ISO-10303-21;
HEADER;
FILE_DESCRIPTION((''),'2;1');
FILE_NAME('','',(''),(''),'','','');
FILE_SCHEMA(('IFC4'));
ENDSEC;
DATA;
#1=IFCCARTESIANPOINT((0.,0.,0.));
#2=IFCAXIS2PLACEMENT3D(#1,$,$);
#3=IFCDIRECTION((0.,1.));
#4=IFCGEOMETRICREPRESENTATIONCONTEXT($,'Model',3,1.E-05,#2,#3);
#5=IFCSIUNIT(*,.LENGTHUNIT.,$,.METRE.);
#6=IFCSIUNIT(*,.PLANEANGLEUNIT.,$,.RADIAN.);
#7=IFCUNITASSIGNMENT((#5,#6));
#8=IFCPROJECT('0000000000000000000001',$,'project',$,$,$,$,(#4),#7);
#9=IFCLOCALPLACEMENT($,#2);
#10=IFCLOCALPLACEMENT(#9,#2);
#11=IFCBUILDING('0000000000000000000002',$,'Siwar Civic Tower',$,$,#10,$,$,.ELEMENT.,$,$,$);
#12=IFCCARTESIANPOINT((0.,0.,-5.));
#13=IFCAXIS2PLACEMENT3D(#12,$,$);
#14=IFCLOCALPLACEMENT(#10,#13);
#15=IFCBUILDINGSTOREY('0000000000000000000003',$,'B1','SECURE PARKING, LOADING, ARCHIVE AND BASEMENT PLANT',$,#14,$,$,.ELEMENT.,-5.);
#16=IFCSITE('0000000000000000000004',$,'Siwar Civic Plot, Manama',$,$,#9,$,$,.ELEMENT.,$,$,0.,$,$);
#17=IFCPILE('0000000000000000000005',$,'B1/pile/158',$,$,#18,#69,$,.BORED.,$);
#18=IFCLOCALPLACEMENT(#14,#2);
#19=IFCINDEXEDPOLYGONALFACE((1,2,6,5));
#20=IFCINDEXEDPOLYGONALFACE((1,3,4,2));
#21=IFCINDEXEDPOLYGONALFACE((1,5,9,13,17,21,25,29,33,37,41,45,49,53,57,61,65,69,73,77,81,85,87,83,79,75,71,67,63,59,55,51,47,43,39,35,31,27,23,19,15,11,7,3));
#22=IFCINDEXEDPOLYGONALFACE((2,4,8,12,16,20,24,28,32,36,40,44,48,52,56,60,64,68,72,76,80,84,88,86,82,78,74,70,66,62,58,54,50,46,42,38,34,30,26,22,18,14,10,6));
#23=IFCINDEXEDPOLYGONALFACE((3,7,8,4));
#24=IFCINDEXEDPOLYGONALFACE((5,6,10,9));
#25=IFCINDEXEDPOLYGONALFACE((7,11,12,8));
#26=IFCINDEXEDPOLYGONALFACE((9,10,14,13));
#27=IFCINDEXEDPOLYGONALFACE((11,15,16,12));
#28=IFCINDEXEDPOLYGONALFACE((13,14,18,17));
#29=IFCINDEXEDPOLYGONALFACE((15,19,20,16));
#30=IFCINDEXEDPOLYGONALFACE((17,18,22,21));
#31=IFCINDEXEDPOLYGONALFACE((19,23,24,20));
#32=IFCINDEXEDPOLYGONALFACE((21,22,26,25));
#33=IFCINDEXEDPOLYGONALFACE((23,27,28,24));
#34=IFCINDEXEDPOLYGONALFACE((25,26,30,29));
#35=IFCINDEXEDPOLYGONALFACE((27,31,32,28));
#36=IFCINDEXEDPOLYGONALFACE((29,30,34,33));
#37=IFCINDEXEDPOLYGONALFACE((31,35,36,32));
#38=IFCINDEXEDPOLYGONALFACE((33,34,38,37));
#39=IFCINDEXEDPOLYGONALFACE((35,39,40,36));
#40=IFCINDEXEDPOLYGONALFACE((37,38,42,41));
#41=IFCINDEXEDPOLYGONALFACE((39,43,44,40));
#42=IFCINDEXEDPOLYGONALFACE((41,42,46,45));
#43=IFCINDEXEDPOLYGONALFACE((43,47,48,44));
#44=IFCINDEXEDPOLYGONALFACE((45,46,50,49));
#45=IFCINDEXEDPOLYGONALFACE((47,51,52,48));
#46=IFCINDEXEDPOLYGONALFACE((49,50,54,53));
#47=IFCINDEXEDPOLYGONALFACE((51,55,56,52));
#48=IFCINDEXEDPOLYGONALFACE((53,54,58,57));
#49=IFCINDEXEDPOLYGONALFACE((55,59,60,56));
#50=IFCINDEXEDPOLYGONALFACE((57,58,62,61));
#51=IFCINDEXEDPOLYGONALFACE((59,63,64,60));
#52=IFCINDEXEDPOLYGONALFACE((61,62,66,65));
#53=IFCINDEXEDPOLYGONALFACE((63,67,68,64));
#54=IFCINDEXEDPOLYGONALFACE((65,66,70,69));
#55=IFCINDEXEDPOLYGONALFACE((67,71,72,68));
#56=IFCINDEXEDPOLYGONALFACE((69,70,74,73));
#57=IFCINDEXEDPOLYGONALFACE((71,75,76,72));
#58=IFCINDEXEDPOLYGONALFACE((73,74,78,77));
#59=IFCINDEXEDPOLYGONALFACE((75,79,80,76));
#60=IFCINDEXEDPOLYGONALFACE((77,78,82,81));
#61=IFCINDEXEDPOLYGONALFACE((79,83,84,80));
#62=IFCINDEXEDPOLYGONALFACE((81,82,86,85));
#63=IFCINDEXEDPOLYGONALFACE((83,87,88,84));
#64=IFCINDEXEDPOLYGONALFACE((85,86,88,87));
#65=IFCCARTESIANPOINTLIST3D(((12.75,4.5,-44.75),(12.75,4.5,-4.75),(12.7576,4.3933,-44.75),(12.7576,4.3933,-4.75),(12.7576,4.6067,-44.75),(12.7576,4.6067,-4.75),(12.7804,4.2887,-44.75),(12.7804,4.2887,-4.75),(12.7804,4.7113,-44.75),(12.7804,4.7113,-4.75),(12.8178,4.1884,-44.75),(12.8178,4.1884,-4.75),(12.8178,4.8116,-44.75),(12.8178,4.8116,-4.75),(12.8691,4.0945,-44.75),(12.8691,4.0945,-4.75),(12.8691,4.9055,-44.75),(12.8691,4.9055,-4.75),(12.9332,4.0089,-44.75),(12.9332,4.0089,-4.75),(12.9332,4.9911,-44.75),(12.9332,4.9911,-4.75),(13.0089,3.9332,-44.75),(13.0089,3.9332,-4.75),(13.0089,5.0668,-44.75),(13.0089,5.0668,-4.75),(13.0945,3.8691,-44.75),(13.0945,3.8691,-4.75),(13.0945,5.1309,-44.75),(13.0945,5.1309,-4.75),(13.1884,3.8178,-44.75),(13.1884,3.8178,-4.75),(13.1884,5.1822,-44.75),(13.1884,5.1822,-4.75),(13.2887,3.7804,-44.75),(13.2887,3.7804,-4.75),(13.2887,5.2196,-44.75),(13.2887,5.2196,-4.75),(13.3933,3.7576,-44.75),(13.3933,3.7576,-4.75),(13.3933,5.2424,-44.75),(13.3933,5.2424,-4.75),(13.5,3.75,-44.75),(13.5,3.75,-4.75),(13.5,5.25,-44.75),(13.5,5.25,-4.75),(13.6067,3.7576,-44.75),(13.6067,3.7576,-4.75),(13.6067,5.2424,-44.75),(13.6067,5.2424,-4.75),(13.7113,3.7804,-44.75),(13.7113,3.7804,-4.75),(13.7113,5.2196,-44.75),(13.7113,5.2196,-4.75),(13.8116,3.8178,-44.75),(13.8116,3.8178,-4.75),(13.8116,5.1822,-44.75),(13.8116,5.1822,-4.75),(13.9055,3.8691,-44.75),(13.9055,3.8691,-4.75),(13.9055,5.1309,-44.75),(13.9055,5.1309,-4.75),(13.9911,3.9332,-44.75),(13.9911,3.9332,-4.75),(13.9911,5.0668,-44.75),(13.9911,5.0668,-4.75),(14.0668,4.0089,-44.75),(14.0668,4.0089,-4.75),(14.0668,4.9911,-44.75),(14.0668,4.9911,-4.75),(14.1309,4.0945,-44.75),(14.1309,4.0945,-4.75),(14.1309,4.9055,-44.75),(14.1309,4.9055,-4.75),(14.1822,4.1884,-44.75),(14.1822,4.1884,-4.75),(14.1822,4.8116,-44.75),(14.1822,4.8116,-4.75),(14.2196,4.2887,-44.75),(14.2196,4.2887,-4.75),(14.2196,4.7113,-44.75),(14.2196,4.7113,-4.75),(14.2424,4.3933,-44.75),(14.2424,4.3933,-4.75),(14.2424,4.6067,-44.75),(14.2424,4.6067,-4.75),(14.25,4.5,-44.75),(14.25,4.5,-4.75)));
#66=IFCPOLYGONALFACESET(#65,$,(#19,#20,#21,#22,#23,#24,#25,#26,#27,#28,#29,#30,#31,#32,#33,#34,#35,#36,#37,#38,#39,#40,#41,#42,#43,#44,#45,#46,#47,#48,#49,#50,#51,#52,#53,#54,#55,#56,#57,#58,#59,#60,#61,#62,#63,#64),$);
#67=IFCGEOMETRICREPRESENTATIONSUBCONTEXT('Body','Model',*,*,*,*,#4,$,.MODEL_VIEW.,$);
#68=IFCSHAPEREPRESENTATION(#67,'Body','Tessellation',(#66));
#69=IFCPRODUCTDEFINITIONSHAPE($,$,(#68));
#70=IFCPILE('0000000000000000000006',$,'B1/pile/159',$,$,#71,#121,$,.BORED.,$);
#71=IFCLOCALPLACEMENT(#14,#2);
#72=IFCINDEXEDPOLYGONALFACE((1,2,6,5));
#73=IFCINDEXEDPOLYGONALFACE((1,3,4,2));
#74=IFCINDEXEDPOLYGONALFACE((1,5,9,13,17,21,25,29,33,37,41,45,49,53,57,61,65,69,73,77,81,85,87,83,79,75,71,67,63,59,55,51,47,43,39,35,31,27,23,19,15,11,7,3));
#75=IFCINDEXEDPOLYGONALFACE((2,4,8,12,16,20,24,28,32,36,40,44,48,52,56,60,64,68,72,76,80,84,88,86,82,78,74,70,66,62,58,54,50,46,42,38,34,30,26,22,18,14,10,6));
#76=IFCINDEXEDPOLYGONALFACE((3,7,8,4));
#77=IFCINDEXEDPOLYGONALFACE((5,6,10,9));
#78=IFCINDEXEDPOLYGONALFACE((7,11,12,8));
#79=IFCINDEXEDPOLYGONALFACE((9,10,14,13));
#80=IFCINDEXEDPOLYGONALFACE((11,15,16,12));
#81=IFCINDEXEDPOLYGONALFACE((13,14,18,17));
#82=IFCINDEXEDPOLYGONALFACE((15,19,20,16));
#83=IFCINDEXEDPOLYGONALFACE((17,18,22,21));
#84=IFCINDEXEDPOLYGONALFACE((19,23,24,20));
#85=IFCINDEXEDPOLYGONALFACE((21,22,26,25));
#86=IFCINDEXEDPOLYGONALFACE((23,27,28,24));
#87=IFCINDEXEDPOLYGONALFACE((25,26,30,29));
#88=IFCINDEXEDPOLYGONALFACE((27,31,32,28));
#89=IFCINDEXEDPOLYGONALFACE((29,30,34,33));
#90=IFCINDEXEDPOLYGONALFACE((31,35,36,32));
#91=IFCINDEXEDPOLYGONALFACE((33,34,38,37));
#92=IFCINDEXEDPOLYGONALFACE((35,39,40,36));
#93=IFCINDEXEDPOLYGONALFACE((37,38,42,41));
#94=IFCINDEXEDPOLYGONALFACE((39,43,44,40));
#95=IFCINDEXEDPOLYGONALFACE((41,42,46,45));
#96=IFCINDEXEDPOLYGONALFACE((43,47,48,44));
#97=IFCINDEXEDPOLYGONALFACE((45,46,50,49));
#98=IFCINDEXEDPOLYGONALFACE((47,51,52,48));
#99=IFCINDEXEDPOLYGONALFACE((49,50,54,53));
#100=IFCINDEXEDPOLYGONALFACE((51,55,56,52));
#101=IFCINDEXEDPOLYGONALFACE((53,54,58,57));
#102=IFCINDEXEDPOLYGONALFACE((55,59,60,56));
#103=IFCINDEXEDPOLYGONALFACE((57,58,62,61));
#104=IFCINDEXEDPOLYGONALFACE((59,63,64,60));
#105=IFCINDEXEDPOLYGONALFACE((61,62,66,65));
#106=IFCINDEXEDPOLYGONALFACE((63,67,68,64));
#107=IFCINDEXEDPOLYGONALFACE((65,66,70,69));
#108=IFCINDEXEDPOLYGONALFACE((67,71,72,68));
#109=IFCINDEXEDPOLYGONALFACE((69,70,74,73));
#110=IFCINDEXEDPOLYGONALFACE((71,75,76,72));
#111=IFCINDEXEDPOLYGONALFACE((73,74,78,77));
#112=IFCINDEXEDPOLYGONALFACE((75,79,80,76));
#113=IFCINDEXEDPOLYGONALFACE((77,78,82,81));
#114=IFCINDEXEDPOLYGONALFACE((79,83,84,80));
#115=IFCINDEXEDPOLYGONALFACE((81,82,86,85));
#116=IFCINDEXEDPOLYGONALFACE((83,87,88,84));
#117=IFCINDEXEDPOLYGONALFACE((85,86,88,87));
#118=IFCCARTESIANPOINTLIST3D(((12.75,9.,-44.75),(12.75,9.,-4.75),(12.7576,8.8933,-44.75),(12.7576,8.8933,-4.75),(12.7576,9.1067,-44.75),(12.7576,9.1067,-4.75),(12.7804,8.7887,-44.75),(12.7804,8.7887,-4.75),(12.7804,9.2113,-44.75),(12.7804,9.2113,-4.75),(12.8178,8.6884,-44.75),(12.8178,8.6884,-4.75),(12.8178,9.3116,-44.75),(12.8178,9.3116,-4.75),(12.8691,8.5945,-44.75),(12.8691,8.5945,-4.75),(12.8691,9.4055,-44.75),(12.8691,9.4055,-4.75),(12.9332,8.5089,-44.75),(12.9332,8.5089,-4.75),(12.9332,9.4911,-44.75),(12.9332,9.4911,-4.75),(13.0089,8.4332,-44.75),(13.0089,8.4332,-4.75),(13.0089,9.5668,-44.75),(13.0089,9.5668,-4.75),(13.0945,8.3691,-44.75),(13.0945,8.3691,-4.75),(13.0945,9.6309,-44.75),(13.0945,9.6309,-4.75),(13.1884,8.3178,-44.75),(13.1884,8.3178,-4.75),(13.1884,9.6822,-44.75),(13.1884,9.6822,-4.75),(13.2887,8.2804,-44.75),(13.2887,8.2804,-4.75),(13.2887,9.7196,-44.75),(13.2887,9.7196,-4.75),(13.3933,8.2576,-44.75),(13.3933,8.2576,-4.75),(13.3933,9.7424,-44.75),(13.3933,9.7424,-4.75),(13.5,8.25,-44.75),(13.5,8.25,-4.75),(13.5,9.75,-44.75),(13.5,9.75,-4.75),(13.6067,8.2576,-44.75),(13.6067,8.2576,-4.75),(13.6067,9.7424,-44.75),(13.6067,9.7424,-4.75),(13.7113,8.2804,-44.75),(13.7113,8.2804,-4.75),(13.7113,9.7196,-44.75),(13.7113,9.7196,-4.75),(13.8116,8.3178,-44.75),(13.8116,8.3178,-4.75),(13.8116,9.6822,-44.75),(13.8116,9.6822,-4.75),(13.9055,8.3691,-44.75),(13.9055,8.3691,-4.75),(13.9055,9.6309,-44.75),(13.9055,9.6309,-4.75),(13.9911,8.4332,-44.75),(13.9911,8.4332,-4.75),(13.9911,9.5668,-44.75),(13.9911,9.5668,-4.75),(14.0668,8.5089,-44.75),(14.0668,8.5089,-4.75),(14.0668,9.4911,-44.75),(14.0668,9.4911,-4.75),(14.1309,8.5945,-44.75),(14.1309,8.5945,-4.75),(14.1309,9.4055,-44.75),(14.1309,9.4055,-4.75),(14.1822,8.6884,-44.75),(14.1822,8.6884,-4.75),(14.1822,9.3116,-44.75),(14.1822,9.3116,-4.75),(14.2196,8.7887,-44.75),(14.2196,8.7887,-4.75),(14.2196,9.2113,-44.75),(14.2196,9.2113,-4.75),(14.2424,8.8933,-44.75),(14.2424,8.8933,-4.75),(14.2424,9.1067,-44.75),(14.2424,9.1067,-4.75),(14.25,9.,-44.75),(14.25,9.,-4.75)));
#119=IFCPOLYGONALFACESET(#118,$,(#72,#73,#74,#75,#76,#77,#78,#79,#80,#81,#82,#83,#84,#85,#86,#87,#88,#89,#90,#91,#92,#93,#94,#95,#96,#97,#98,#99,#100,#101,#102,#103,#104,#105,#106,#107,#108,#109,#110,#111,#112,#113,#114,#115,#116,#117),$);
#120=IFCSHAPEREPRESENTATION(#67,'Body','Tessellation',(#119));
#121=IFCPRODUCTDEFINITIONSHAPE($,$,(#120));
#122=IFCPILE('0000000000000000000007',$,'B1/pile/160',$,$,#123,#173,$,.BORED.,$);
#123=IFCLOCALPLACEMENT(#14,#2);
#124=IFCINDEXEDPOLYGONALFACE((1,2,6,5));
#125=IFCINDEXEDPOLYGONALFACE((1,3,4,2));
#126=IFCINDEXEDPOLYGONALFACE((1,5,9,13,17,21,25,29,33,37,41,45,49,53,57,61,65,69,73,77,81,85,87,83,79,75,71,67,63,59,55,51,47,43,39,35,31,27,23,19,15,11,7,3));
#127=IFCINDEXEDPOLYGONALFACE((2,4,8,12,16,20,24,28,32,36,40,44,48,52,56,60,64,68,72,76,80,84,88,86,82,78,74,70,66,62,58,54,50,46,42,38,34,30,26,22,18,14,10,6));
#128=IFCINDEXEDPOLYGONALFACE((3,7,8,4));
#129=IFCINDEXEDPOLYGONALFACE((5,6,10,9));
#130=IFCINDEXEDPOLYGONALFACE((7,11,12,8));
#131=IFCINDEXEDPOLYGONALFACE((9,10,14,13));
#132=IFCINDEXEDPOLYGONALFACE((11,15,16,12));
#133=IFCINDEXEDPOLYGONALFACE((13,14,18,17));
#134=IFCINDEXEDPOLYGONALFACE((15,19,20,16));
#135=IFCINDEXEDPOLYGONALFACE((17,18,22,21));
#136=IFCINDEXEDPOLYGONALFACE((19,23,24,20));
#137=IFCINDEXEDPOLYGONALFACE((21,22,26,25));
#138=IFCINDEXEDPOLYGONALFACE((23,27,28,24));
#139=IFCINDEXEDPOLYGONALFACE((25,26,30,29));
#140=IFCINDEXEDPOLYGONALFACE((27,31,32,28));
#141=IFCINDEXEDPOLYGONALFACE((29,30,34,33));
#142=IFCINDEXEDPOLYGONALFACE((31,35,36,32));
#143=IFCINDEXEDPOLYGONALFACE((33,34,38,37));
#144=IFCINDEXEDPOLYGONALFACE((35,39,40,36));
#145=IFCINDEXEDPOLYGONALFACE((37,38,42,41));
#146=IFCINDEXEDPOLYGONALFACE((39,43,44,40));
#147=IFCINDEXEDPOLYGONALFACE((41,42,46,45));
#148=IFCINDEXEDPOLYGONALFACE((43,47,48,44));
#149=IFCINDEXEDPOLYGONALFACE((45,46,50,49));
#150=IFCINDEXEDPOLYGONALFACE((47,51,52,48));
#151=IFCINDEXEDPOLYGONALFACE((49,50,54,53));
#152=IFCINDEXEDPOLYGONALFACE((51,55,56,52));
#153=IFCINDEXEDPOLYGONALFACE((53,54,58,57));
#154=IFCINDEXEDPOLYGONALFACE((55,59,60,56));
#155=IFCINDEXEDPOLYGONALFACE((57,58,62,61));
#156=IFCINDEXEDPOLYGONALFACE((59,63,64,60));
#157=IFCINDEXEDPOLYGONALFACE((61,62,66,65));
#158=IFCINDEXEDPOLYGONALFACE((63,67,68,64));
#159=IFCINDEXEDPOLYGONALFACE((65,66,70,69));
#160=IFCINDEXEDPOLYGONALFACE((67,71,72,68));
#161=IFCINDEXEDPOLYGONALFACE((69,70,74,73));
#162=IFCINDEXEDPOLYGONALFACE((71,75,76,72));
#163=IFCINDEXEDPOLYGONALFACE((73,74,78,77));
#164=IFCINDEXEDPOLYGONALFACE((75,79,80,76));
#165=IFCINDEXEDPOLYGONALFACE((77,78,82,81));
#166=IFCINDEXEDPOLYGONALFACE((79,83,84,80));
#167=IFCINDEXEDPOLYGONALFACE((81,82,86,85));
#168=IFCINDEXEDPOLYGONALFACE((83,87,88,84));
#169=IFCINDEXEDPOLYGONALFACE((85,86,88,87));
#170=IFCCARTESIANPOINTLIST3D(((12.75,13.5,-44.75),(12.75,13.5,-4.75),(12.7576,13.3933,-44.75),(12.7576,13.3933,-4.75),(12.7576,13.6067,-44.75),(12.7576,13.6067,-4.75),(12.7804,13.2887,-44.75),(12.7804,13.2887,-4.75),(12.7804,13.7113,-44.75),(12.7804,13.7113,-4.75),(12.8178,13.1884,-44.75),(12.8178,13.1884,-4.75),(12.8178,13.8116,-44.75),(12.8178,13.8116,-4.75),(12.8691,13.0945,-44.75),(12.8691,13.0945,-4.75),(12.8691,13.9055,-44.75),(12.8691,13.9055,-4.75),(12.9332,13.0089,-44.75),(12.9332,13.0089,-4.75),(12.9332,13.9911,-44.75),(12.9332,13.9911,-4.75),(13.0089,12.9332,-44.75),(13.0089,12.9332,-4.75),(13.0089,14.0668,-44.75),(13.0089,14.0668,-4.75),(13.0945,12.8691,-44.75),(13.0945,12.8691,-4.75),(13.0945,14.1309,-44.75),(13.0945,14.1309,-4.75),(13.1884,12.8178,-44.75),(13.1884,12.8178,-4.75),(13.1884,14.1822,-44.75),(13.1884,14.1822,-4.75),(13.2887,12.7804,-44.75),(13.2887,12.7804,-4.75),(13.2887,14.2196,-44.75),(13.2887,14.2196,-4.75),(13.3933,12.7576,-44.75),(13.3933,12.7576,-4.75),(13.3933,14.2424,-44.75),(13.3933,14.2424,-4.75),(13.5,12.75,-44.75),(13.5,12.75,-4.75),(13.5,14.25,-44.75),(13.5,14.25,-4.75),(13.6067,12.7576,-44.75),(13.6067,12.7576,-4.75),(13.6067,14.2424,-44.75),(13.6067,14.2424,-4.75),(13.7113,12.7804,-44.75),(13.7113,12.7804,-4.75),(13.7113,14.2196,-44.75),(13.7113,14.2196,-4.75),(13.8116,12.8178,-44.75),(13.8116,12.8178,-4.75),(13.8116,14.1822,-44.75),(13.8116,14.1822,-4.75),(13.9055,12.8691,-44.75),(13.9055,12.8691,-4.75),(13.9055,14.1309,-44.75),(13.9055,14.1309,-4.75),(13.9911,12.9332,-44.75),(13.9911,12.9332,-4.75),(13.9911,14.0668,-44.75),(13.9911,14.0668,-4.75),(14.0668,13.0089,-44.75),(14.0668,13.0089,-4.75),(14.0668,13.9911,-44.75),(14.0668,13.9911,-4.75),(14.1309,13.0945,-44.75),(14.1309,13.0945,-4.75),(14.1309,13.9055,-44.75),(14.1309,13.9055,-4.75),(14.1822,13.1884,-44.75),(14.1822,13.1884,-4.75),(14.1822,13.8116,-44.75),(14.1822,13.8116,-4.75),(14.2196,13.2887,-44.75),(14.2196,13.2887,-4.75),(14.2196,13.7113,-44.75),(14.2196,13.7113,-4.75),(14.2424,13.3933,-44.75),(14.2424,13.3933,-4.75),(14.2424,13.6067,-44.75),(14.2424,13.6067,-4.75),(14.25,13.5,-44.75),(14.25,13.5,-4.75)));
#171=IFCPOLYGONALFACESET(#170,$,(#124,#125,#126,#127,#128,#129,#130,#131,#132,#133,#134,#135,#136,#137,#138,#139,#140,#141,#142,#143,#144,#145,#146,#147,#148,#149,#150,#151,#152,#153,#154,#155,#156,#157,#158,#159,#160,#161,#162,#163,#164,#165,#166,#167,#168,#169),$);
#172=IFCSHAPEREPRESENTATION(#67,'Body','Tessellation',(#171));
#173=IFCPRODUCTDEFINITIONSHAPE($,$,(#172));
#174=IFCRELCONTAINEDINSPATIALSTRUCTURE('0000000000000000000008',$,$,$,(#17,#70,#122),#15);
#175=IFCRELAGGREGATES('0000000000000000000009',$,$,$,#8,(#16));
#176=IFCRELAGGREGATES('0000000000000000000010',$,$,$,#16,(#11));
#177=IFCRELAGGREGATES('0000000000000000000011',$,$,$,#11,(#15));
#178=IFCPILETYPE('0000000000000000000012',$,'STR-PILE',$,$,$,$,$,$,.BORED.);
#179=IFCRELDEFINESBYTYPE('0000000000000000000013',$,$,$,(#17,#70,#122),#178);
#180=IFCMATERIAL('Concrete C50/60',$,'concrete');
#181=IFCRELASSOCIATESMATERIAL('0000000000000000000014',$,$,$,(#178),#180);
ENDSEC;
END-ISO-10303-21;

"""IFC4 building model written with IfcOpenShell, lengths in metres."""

from ifc_helpers import new_model, si_unit, direction, frame, origin, origin_2d, place, context, subcontext, project, spatial, circle, extrude, material, material_profile, profile_set, type_object, element, save


model = new_model("IFC4")

# Units and contexts
model_context = context("Model", 3, precision=1e-05, world=origin(), true_north=direction((0.0, 1.0)))
body_context = subcontext(model_context, "Body", "Model", "MODEL_VIEW")
ifc_project = project(units=[si_unit("LENGTHUNIT", "METRE"), si_unit("PLANEANGLEUNIT", "RADIAN")], contexts=[model_context])

# Site, building, storey
site_placement = place(None, origin())
site = spatial("IfcSite", under=ifc_project, at=site_placement, Name="Siwar Civic Plot, Manama", CompositionType="ELEMENT", RefElevation=0.0)
building_placement = place(site_placement, origin())
building = spatial("IfcBuilding", under=site, at=building_placement, Name="Siwar Civic Tower", CompositionType="ELEMENT")
storey_placement = place(building_placement, frame((0.0, 0.0, -5.0)))
storey = spatial("IfcBuildingStorey", under=building, at=storey_placement, Name="B1", Description="SECURE PARKING, LOADING, ARCHIVE AND BASEMENT PLANT", CompositionType="ELEMENT", Elevation=-5.0)

# Piles
ifc_material_1 = material(Name="Concrete C50/60", Category="concrete")
ifc_material_profile_1 = material_profile(ifc_material_1, circle(Radius=0.75, at=origin_2d()), Name="PILE1500")
ifc_profile_set_1 = profile_set([ifc_material_profile_1], Name="Concrete C50/60")
pile_type = type_object("IfcPileType", Name="STR-PILE", PredefinedType="BORED", material=ifc_profile_set_1)
for number, where, z_axis, x_axis, name in (
    (1, (13.5, 4.5, -4.75), (0.0, 0.0, -1.0), (1.0, 0.0, 0.0), "B1/pile/158"),
    (2, (13.5, 9.0, -4.75), (0.0, 0.0, -1.0), (1.0, 0.0, 0.0), "B1/pile/159"),
    (3, (13.5, 13.5, -4.75), (0.0, 0.0, -1.0), (1.0, 0.0, 0.0), "B1/pile/160"),
):
    element("IfcPile", number, at=place(storey_placement, frame(where, z_axis=z_axis, x_axis=x_axis)), inside=storey, type_object=pile_type, Name=name, PredefinedType="BORED", context=body_context, shape_type="SweptSolid", body=[
        extrude(circle(Radius=0.75, at=origin_2d()), origin(), (0.0, 0.0, 1.0), 40.0),
    ])

save(model, "model.ifc")
